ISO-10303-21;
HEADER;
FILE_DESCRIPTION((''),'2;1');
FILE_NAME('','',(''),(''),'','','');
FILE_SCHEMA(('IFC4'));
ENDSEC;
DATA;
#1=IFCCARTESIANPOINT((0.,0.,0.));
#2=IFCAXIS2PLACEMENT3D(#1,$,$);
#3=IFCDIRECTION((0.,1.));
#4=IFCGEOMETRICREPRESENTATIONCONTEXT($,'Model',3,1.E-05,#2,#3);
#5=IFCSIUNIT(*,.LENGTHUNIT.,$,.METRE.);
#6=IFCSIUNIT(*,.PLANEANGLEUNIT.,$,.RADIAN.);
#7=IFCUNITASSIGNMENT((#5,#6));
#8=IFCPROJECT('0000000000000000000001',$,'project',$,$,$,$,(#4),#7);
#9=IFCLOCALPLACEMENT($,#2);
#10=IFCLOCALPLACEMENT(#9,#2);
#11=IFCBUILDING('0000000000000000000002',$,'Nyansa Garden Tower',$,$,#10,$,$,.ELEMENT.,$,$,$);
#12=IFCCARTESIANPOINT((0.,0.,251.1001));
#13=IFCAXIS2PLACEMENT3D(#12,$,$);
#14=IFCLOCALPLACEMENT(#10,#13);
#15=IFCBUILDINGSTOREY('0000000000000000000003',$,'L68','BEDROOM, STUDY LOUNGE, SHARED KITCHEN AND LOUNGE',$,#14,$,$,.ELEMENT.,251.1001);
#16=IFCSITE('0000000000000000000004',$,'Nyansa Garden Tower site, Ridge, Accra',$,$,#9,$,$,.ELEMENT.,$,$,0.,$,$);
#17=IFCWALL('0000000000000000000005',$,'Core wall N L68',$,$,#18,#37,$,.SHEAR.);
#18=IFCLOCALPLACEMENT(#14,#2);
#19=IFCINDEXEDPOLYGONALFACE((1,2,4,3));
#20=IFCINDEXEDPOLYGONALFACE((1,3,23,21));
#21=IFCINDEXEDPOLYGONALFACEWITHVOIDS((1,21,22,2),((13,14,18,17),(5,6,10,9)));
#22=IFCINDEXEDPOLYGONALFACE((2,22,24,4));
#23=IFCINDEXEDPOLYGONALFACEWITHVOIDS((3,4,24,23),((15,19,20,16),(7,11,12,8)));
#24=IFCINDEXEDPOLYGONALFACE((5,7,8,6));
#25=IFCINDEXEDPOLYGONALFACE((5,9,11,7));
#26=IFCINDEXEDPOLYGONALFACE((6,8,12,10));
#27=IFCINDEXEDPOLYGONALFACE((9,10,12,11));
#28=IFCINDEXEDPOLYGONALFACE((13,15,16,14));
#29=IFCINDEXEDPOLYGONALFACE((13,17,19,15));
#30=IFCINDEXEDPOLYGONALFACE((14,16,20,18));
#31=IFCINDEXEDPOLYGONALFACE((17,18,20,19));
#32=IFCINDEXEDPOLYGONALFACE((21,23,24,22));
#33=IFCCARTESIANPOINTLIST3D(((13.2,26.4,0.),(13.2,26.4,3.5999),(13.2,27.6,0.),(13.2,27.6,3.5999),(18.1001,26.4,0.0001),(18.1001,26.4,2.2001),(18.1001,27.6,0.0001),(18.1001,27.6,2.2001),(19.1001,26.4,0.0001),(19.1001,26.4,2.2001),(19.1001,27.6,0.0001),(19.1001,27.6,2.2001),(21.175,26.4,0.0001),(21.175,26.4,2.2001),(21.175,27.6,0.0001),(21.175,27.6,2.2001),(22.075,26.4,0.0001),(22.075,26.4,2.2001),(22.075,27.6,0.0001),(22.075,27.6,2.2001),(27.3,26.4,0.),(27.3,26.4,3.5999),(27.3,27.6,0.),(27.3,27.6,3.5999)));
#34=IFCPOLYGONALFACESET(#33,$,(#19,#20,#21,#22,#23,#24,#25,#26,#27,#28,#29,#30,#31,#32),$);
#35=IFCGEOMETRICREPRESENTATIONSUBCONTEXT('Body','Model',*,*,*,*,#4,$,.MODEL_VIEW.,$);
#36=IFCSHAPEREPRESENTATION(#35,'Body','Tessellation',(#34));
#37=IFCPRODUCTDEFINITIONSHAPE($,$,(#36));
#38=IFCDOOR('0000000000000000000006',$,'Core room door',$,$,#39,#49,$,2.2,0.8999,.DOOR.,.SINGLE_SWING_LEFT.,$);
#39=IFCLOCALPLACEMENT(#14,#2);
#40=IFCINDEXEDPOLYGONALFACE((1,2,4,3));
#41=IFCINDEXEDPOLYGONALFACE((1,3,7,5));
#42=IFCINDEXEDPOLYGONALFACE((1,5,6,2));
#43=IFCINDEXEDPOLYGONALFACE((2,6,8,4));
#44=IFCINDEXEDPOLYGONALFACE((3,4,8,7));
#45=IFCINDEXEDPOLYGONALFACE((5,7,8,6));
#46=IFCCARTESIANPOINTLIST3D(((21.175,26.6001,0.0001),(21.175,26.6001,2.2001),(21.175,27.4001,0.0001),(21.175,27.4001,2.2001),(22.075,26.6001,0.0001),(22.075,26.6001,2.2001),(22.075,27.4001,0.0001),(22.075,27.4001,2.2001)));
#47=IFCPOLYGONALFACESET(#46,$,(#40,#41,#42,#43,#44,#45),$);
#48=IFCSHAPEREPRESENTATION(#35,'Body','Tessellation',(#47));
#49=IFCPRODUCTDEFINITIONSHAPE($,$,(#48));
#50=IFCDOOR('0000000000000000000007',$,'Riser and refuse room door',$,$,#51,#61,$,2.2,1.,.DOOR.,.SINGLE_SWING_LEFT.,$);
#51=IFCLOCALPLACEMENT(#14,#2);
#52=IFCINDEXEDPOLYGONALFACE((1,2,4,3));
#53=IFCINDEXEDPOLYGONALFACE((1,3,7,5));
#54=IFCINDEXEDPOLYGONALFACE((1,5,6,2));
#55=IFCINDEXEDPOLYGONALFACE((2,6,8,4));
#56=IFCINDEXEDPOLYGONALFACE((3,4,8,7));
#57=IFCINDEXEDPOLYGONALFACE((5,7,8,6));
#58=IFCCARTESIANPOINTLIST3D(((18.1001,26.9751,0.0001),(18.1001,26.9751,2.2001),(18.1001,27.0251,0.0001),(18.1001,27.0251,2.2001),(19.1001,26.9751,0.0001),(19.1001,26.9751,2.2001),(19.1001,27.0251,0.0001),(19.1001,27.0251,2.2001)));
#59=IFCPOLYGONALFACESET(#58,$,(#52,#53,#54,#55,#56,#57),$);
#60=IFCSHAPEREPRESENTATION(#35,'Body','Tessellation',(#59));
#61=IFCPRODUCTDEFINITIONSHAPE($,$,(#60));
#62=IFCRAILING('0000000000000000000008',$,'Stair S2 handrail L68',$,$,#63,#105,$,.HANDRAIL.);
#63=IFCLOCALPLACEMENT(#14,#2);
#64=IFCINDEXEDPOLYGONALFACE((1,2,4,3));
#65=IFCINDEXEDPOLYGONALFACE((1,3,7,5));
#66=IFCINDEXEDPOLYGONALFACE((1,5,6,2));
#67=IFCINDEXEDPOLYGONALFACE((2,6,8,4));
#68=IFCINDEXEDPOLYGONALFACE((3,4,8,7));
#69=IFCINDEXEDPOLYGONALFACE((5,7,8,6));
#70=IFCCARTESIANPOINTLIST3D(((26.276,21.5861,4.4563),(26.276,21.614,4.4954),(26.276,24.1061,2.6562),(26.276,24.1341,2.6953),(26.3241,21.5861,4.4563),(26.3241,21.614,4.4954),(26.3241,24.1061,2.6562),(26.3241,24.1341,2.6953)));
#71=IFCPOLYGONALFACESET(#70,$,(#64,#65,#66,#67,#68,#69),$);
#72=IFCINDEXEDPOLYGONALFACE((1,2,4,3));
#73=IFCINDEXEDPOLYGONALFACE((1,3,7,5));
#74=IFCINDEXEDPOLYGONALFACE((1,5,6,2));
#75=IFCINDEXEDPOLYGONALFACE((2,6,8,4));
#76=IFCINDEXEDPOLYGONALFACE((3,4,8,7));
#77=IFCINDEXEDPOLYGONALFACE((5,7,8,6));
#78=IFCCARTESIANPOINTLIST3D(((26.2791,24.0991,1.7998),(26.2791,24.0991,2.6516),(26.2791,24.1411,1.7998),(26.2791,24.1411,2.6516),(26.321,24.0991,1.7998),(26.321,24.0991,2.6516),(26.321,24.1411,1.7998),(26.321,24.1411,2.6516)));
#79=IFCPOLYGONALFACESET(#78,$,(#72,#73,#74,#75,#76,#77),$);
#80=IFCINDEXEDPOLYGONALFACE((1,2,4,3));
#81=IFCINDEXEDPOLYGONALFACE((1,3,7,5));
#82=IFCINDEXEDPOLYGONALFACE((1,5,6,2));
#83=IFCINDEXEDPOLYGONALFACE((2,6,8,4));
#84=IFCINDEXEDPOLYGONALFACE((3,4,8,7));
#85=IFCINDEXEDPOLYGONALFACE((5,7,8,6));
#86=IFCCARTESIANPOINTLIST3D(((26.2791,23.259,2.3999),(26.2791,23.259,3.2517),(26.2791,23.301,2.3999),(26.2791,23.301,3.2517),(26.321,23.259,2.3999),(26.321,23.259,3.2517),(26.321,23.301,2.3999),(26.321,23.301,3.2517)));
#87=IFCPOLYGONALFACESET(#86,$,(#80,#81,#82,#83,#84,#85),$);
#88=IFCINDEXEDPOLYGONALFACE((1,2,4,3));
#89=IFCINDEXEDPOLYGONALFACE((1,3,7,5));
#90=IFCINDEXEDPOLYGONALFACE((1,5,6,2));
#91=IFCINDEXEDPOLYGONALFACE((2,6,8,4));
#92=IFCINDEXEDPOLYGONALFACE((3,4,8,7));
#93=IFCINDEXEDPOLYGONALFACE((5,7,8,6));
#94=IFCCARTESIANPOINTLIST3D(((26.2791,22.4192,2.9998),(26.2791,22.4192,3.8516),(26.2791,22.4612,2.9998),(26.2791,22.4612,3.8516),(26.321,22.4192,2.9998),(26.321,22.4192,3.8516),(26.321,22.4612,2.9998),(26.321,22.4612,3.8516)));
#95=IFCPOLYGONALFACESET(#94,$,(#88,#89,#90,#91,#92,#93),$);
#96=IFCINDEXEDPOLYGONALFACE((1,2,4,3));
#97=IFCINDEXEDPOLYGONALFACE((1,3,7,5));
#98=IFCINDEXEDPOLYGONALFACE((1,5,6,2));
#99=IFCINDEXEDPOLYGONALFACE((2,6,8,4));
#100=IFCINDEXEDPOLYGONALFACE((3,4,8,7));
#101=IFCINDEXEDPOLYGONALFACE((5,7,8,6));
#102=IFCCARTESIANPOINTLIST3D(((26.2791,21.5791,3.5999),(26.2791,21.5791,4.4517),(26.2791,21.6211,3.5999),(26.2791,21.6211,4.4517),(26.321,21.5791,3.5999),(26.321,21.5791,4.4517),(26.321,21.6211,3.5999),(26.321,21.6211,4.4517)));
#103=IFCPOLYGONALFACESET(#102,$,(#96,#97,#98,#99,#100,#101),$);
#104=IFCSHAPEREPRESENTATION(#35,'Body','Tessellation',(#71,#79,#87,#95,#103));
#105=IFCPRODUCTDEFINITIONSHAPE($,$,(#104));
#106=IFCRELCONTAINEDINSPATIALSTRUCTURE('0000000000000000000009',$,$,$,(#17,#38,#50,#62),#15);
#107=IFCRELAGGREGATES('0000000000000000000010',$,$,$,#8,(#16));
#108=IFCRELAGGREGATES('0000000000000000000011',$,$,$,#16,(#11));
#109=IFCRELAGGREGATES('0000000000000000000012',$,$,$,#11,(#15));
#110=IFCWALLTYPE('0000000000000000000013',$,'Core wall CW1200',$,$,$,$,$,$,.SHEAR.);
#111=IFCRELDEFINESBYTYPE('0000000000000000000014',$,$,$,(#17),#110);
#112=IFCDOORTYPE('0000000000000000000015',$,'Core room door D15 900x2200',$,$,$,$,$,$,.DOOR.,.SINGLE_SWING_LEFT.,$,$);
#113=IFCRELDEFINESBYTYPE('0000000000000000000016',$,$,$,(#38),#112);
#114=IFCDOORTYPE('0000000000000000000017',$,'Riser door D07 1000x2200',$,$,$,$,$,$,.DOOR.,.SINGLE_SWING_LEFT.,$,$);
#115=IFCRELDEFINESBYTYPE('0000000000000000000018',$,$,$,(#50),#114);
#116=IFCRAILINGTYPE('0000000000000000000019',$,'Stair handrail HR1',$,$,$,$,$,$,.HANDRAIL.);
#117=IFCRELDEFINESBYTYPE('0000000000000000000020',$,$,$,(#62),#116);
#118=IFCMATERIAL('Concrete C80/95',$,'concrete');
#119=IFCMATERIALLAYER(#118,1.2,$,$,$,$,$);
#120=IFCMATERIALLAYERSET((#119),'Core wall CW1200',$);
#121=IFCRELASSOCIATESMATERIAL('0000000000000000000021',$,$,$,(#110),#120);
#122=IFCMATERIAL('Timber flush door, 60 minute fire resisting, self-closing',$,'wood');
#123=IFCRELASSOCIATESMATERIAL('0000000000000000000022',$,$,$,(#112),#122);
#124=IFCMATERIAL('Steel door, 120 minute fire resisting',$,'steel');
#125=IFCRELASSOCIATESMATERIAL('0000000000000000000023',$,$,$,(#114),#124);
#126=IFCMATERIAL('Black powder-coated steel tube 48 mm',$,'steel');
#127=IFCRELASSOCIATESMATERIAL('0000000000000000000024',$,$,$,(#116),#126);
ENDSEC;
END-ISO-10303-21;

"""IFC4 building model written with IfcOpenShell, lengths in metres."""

from ifc_helpers import new_model, si_unit, direction, frame, frame_2d, origin, origin_2d, place, context, subcontext, project, spatial, rectangle, extrude, material, layer, layer_set, type_object, element, fill, save


model = new_model("IFC4")

# Units and contexts
model_context = context("Model", 3, precision=1e-05, world=origin(), true_north=direction((0.0, 1.0)))
body_context = subcontext(model_context, "Body", "Model", "MODEL_VIEW")
ifc_project = project(units=[si_unit("LENGTHUNIT", "METRE"), si_unit("PLANEANGLEUNIT", "RADIAN")], contexts=[model_context])

# Site, building, storey
site_placement = place(None, origin())
site = spatial("IfcSite", under=ifc_project, at=site_placement, Name="Nyansa Garden Tower site, Ridge, Accra", CompositionType="ELEMENT", RefElevation=0.0)
building_placement = place(site_placement, origin())
building = spatial("IfcBuilding", under=site, at=building_placement, Name="Nyansa Garden Tower", CompositionType="ELEMENT")
storey_placement = place(building_placement, frame((0.0, 0.0, 251.1001)))
storey = spatial("IfcBuildingStorey", under=building, at=storey_placement, Name="L68", Description="BEDROOM, STUDY LOUNGE, SHARED KITCHEN AND LOUNGE", CompositionType="ELEMENT", Elevation=251.1001)

# Wall, openings, doors
ifc_material_1 = material(Name="Concrete C80/95", Category="concrete")
ifc_layer_1 = layer(ifc_material_1, 1.2)
ifc_layer_set_1 = layer_set([ifc_layer_1], Name="Core wall CW1200")
wall_type = type_object("IfcWallType", Name="Core wall CW1200", PredefinedType="SHEAR", material=ifc_layer_set_1)
wall_placement = place(storey_placement, frame((27.3, 27.0, 0.0), z_axis=(0.0, 0.0, 1.0), x_axis=(-1.0, 0.0, 0.0)))
wall = element("IfcWall", 1, at=wall_placement, inside=storey, type_object=wall_type, Name="Core wall N L68", PredefinedType="SHEAR", context=body_context, shape_type="SweptSolid", body=[
    extrude(rectangle(XDim=14.1001, YDim=1.2, at=frame_2d((7.05, 0.0))), origin(), (0.0, 0.0, 1.0), 3.5999),
])
opening_1_placement = place(wall_placement, frame((5.2251, 0.0, 0.0)))
opening_1 = element("IfcOpeningElement", 2, at=opening_1_placement, cuts=wall, PredefinedType="OPENING", context=body_context, shape_type="SweptSolid", body=[
    extrude(rectangle(XDim=0.8999, YDim=2.2, at=frame_2d((0.45, 1.1001))), frame((0.0, 0.6099, 0.0), z_axis=(0.0, -1.0, 0.0), x_axis=(1.0, 0.0, 0.0)), (0.0, 0.0, 1.0), 1.22),
])
opening_2_placement = place(wall_placement, frame((8.2, 0.0, 0.0)))
opening_2 = element("IfcOpeningElement", 3, at=opening_2_placement, cuts=wall, PredefinedType="OPENING", context=body_context, shape_type="SweptSolid", body=[
    extrude(rectangle(XDim=1.0, YDim=2.2, at=frame_2d((0.5, 1.1001))), frame((0.0, 0.6099, 0.0), z_axis=(0.0, -1.0, 0.0), x_axis=(1.0, 0.0, 0.0)), (0.0, 0.0, 1.0), 1.22),
])
ifc_material_2 = material(Name="Timber flush door, 60 minute fire resisting, self-closing", Category="wood")
door_type_1 = type_object("IfcDoorType", Name="Core room door D15 900x2200", OperationType="SINGLE_SWING_LEFT", PredefinedType="DOOR", material=ifc_material_2)
door_1_placement = place(opening_1_placement, origin())
door_1 = element("IfcDoor", 4, at=door_1_placement, inside=storey, type_object=door_type_1, Name="Core room door", OperationType="SINGLE_SWING_LEFT", OverallHeight=2.2, OverallWidth=0.8999, PredefinedType="DOOR", context=body_context, shape_type="SweptSolid", body=[
    extrude(rectangle(XDim=0.8999, YDim=2.2, at=frame_2d((0.45, 1.1001))), frame((0.0, 0.3999, 0.0), z_axis=(0.0, -1.0, 0.0), x_axis=(1.0, 0.0, 0.0)), (0.0, 0.0, 1.0), 0.8),
])
fill(opening_1, door_1)
ifc_material_3 = material(Name="Steel door, 120 minute fire resisting", Category="steel")
door_type_2 = type_object("IfcDoorType", Name="Riser door D07 1000x2200", OperationType="SINGLE_SWING_LEFT", PredefinedType="DOOR", material=ifc_material_3)
door_2_placement = place(opening_2_placement, origin())
door_2 = element("IfcDoor", 5, at=door_2_placement, inside=storey, type_object=door_type_2, Name="Riser and refuse room door", OperationType="SINGLE_SWING_LEFT", OverallHeight=2.2, OverallWidth=1.0, PredefinedType="DOOR", context=body_context, shape_type="SweptSolid", body=[
    extrude(rectangle(XDim=1.0, YDim=2.2, at=frame_2d((0.5, 1.1001))), frame((0.0, 0.0249, 0.0), z_axis=(0.0, -1.0, 0.0), x_axis=(1.0, 0.0, 0.0)), (0.0, 0.0, 1.0), 0.05),
])
fill(opening_2, door_2)

# Railing
ifc_material_4 = material(Name="Black powder-coated steel tube 48 mm", Category="steel")
railing_type = type_object("IfcRailingType", Name="Stair handrail HR1", PredefinedType="HANDRAIL", material=ifc_material_4)
railing_placement = place(storey_placement, frame((26.3, 24.1201, 1.7998)))
element("IfcRailing", 6, at=railing_placement, inside=storey, type_object=railing_type, Name="Stair S2 handrail L68", PredefinedType="HANDRAIL", context=body_context, shape_type="SweptSolid", body=[
    extrude(rectangle(XDim=0.0481, YDim=0.0481, at=origin_2d()), frame((0.0, 0.0, 0.876), z_axis=(0.0, -0.813728, 0.581246), x_axis=(1.0, 0.0, 0.0)), (0.0, 0.0, 1.0), 3.0969),
    extrude(rectangle(XDim=0.042, YDim=0.042, at=origin_2d()), origin(), (0.0, 0.0, 1.0), 0.8518),
    extrude(rectangle(XDim=0.042, YDim=0.042, at=origin_2d()), frame((0.0, -0.8401, 0.6001)), (0.0, 0.0, 1.0), 0.8518),
    extrude(rectangle(XDim=0.042, YDim=0.042, at=origin_2d()), frame((0.0, -1.6799, 1.2)), (0.0, 0.0, 1.0), 0.8518),
    extrude(rectangle(XDim=0.042, YDim=0.042, at=origin_2d()), frame((0.0, -2.52, 1.8)), (0.0, 0.0, 1.0), 0.8518),
])

save(model, "model.ifc")
